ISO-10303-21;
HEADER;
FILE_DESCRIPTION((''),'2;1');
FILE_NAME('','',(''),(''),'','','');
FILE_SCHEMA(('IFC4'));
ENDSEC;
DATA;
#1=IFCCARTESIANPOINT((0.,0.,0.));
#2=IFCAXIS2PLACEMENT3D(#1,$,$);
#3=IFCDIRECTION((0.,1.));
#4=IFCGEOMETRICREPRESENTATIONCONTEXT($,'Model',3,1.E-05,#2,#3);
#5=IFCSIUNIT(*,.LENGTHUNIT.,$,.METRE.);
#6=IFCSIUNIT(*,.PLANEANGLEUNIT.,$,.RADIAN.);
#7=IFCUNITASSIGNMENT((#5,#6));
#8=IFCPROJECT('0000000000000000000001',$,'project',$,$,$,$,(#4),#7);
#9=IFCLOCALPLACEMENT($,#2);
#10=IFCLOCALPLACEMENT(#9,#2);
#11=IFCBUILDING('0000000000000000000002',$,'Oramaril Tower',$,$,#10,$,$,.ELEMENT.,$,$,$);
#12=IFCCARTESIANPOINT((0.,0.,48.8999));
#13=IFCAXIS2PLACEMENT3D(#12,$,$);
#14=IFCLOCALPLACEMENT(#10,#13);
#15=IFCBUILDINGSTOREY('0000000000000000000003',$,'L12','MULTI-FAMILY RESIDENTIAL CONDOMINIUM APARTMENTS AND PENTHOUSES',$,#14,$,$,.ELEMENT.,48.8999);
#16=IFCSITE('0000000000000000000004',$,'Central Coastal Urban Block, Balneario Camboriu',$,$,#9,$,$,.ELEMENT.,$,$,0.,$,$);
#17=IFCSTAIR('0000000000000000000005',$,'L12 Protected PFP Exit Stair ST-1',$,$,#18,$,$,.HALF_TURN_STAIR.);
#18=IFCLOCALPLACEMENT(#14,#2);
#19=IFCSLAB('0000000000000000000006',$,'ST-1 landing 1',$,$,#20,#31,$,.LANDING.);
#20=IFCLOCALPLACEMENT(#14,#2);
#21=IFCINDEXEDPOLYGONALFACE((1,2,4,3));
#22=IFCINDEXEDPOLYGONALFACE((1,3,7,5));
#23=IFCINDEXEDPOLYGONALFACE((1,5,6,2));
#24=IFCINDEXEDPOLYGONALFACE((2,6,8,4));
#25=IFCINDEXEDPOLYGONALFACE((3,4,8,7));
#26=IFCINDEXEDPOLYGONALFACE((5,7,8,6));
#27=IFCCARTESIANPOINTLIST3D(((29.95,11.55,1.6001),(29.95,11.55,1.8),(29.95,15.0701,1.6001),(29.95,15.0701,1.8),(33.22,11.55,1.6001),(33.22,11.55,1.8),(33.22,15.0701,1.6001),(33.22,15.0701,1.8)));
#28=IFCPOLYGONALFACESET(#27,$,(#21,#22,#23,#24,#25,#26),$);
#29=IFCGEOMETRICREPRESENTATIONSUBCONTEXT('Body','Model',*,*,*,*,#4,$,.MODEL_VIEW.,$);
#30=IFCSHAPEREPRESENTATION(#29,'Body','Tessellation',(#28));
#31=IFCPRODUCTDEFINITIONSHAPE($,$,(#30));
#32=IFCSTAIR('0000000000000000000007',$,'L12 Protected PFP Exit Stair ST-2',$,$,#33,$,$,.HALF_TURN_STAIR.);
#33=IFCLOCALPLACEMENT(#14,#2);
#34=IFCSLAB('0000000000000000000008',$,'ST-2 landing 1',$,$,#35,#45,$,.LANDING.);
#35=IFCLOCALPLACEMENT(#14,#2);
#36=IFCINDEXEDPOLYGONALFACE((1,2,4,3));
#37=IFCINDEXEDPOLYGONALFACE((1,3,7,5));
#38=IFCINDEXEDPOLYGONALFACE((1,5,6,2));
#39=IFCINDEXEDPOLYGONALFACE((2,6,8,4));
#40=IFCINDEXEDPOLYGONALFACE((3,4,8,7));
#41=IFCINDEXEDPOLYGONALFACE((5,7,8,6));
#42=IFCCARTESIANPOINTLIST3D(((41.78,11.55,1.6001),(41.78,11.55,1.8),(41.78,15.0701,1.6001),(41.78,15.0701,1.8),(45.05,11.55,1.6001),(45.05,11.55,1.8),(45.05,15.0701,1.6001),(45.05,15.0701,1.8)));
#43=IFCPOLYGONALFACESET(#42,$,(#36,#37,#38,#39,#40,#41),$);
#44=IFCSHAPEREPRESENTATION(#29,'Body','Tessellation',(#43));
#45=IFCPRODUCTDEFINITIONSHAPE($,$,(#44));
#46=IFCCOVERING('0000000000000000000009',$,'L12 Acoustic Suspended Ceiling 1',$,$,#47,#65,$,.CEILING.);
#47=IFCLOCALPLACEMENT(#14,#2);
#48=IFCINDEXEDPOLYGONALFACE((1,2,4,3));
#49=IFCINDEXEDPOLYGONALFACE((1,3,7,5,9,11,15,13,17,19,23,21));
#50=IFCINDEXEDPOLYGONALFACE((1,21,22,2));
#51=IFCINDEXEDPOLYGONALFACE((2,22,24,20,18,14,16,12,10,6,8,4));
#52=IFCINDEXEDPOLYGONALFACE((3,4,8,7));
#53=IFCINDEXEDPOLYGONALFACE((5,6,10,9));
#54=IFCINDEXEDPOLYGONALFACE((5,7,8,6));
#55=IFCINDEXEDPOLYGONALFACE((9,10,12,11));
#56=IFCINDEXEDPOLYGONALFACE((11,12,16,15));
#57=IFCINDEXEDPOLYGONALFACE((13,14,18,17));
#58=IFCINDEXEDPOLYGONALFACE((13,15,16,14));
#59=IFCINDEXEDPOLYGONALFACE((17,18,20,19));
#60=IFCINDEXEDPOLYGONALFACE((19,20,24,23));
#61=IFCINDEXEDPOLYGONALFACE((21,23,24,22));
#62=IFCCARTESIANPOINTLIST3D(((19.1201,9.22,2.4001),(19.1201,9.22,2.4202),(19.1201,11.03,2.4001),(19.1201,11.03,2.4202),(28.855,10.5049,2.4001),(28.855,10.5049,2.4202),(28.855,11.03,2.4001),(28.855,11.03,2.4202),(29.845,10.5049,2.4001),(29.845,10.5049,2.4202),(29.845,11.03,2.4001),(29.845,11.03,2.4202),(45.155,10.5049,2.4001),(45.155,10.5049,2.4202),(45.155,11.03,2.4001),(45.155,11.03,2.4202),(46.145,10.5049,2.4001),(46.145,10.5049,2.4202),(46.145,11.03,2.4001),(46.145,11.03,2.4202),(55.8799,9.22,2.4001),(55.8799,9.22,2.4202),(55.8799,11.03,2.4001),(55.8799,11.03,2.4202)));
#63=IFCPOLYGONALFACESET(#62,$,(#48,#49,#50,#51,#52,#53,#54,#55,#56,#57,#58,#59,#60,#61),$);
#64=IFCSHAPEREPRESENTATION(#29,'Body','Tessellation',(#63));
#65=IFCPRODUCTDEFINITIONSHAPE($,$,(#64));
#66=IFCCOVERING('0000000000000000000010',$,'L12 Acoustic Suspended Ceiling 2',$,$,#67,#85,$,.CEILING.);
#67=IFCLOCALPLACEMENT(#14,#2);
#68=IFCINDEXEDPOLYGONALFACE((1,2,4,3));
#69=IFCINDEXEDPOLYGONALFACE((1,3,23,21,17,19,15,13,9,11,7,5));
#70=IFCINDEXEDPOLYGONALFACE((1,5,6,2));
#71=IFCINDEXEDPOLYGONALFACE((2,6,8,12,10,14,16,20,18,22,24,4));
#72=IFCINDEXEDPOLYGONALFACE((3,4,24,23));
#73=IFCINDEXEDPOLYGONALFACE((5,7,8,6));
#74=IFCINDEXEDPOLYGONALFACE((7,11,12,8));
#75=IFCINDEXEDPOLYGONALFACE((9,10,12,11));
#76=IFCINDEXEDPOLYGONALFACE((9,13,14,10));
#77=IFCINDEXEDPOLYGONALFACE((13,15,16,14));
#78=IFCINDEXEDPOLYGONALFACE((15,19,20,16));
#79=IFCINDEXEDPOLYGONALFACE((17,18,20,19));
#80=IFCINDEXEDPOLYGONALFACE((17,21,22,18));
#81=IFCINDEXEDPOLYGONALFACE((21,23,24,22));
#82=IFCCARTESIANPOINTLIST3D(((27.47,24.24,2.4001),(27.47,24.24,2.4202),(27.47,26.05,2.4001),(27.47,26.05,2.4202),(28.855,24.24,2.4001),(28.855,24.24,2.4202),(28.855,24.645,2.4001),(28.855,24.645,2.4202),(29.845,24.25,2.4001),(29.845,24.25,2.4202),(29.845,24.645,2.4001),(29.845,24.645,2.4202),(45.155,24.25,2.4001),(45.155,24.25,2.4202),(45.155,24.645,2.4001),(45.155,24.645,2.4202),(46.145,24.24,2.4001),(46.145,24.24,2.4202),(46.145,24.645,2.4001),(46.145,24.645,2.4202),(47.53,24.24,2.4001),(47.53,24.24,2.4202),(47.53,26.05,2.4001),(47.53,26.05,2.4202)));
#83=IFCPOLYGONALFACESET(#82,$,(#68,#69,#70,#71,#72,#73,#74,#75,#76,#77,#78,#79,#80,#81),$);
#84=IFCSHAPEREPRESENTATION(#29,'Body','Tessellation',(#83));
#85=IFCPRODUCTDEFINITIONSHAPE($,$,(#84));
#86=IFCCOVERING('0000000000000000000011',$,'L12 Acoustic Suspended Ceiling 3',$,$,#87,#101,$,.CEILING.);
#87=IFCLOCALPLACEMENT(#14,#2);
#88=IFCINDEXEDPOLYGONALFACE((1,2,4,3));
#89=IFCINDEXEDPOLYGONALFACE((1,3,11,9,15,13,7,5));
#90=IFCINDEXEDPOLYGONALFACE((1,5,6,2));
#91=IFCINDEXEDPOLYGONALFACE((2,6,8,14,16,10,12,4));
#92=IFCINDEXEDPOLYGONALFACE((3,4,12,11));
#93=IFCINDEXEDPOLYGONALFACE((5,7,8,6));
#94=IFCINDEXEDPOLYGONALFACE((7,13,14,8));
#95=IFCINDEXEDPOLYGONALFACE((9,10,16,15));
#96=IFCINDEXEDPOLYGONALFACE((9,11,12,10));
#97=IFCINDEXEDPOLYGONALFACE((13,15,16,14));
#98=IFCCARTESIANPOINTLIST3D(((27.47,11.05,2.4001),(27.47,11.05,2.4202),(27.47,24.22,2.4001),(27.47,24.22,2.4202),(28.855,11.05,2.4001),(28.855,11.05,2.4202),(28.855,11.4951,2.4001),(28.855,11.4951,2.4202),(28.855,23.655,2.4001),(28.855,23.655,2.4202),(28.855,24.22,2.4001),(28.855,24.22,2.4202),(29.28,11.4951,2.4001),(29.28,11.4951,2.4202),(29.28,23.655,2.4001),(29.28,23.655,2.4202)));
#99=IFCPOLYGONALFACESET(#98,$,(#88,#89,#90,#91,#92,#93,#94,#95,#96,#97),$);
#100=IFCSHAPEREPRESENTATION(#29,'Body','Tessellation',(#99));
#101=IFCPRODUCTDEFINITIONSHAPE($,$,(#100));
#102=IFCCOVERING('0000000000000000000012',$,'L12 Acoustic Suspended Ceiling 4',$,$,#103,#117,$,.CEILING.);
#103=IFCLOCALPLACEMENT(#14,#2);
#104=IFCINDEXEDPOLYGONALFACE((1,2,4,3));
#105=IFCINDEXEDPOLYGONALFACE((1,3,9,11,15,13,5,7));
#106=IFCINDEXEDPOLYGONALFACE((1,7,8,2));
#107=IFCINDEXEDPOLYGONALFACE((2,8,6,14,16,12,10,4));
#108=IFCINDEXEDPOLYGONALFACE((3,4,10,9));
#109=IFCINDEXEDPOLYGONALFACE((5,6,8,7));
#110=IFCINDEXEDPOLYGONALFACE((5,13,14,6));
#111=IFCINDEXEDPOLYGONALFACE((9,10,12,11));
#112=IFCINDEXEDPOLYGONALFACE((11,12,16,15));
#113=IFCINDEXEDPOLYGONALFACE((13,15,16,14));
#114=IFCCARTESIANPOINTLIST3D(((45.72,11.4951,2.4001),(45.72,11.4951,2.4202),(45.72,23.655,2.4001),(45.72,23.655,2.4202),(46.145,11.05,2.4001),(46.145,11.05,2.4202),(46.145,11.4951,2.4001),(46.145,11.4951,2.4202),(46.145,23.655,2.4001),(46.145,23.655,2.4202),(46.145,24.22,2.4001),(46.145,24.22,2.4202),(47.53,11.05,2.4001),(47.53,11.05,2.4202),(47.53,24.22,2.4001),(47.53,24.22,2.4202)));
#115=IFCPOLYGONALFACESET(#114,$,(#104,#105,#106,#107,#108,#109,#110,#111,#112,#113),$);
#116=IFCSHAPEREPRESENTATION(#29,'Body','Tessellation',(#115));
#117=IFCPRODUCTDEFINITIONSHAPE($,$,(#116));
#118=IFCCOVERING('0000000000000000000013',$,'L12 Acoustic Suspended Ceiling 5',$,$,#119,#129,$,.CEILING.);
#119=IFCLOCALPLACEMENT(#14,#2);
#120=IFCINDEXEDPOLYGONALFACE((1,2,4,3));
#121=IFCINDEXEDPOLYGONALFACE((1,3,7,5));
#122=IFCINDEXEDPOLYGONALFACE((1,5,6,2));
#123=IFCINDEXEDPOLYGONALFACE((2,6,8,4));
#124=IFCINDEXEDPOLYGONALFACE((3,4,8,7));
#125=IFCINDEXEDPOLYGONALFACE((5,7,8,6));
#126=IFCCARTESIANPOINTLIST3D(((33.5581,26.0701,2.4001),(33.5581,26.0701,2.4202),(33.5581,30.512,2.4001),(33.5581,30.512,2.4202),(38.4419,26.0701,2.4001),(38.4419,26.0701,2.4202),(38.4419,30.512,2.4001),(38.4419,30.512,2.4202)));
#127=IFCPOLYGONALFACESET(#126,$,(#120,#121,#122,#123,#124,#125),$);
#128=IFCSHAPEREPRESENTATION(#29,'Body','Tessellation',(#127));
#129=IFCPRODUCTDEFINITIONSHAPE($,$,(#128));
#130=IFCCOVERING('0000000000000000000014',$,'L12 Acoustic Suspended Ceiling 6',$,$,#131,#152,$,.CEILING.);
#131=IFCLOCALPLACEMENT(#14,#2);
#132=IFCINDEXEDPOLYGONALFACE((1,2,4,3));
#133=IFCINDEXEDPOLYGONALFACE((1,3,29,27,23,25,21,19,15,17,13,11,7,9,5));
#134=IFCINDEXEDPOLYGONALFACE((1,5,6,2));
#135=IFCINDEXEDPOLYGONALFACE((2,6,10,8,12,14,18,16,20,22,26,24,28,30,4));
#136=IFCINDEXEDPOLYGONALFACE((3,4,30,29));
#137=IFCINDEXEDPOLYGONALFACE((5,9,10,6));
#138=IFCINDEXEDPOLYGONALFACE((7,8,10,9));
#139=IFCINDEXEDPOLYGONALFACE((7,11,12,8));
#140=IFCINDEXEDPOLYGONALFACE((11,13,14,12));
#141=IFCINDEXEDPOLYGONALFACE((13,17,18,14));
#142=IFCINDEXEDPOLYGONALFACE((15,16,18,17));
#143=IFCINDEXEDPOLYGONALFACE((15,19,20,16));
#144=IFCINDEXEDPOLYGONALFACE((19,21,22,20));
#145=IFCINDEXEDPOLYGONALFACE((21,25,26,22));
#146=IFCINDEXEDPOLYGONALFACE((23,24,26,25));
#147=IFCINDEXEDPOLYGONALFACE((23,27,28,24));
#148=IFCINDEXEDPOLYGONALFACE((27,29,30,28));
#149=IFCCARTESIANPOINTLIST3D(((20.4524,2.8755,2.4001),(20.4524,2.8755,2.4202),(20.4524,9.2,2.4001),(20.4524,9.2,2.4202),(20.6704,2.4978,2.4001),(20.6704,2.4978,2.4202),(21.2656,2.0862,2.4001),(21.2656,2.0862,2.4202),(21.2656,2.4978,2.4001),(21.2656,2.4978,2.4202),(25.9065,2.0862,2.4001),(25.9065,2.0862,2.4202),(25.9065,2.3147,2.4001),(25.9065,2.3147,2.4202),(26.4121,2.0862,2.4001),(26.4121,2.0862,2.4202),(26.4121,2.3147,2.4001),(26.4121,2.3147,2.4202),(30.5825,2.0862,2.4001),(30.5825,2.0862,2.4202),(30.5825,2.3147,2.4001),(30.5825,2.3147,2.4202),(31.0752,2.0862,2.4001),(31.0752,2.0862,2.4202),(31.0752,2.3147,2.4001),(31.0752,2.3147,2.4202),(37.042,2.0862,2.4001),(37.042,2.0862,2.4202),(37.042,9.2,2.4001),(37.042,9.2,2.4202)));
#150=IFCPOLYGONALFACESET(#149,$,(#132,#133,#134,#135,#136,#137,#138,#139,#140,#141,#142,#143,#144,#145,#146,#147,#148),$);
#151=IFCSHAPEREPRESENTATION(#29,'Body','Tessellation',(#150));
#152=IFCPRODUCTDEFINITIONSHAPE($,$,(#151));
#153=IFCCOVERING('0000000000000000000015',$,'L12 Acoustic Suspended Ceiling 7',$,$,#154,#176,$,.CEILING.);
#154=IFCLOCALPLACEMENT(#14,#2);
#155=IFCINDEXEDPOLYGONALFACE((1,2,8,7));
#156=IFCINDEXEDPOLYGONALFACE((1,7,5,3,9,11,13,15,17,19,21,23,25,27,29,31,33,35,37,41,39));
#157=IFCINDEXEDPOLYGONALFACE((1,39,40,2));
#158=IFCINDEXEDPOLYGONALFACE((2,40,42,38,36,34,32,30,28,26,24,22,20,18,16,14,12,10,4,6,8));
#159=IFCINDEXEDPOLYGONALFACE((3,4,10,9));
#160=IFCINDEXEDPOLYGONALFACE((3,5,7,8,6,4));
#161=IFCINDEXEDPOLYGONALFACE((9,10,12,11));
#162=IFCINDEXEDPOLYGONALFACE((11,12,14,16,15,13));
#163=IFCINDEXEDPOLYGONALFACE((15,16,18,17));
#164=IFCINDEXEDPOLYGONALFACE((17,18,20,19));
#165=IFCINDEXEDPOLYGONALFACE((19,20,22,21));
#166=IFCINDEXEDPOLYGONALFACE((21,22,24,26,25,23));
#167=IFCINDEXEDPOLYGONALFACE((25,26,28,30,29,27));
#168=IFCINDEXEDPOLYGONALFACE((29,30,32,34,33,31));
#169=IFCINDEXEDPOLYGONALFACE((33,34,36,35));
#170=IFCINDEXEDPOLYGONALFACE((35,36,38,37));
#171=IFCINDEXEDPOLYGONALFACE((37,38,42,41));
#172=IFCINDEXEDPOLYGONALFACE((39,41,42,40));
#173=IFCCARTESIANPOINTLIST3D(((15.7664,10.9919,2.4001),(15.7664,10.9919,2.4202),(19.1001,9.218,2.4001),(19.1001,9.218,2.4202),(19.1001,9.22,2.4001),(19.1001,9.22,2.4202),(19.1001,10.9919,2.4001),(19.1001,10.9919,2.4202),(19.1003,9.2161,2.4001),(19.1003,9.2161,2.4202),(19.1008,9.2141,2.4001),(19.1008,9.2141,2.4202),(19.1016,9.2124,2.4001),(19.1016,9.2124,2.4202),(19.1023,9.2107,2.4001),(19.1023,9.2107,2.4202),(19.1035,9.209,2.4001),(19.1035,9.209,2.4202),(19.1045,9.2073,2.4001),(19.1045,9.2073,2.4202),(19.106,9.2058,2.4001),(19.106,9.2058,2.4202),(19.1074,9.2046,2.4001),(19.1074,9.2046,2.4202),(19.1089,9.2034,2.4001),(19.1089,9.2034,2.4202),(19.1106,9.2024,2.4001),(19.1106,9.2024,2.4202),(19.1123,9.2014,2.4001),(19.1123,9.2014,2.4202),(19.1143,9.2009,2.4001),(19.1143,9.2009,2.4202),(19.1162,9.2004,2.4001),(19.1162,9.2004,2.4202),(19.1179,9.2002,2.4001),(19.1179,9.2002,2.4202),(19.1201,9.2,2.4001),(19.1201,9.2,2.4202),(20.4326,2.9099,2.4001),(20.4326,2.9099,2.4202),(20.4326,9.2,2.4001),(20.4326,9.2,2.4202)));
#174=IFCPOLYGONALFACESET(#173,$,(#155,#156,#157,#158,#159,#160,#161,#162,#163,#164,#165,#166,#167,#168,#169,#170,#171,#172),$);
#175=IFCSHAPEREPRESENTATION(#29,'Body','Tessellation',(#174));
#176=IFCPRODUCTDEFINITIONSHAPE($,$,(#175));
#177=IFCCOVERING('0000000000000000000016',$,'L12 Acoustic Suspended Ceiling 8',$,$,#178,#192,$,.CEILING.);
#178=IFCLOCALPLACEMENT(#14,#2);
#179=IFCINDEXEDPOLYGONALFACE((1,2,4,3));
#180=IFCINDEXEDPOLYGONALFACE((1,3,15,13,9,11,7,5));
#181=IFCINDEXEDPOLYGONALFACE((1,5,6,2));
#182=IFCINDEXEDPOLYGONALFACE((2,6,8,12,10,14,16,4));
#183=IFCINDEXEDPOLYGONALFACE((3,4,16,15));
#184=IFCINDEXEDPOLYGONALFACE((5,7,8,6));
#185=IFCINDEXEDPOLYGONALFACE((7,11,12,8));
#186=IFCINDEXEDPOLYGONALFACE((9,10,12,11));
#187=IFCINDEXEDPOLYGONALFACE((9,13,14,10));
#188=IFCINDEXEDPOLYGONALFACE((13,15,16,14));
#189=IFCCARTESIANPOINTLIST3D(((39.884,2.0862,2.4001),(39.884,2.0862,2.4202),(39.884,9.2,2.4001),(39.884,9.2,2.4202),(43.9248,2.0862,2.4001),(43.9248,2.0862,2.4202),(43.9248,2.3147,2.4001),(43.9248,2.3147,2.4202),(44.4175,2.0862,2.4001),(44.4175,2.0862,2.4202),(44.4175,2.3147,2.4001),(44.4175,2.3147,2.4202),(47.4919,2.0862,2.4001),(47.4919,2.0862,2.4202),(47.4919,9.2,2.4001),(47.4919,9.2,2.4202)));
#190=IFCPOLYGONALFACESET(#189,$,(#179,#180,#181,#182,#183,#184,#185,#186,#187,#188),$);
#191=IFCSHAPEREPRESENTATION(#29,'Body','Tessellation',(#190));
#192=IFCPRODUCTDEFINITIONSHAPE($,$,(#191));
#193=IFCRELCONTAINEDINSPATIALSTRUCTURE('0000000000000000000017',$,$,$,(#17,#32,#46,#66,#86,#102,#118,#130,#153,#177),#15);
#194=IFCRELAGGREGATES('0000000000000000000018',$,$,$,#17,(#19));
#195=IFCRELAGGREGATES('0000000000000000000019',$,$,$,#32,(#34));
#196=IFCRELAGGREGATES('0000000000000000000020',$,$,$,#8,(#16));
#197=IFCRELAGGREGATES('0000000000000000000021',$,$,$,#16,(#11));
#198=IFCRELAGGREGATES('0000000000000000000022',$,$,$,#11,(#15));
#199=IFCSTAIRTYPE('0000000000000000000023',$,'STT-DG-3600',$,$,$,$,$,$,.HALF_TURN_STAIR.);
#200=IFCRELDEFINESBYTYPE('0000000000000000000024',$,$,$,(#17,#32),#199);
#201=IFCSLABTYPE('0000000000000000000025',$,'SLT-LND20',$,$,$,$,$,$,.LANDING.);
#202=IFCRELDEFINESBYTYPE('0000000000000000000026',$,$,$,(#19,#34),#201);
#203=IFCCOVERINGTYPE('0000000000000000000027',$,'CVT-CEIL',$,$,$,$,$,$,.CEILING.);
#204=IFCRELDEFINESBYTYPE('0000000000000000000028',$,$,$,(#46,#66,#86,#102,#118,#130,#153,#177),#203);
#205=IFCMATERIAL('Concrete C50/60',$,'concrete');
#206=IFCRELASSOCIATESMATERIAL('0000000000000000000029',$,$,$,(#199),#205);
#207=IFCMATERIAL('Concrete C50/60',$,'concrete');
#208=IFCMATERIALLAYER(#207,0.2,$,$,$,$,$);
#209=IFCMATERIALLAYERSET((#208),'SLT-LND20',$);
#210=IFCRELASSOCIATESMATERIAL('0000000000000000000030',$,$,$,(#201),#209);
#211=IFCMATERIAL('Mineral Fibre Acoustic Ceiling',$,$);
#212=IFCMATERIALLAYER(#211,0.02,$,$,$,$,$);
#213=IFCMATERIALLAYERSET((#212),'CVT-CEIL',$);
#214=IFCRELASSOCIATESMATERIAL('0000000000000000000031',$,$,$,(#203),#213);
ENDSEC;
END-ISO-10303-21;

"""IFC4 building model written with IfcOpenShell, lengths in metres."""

from ifc_helpers import new_model, si_unit, direction, frame, origin, place, context, subcontext, project, spatial, polyline, outline, extrude, material, layer, layer_set, type_object, element, aggregate, save


model = new_model("IFC4")

# Units and contexts
model_context = context("Model", 3, precision=1e-05, world=origin(), true_north=direction((0.0, 1.0)))
body_context = subcontext(model_context, "Body", "Model", "MODEL_VIEW")
ifc_project = project(units=[si_unit("LENGTHUNIT", "METRE"), si_unit("PLANEANGLEUNIT", "RADIAN")], contexts=[model_context])

# Site, building, storey
site_placement = place(None, origin())
site = spatial("IfcSite", under=ifc_project, at=site_placement, Name="Central Coastal Urban Block, Balneario Camboriu", CompositionType="ELEMENT", RefElevation=0.0)
building_placement = place(site_placement, origin())
building = spatial("IfcBuilding", under=site, at=building_placement, Name="Oramaril Tower", CompositionType="ELEMENT")
storey_placement = place(building_placement, frame((0.0, 0.0, 48.8999)))
storey = spatial("IfcBuildingStorey", under=building, at=storey_placement, Name="L12", Description="MULTI-FAMILY RESIDENTIAL CONDOMINIUM APARTMENTS AND PENTHOUSES", CompositionType="ELEMENT", Elevation=48.8999)

# Stairs, slabs
ifc_material_1 = material(Name="Concrete C50/60", Category="concrete")
stair_type = type_object("IfcStairType", Name="STT-DG-3600", PredefinedType="HALF_TURN_STAIR", material=ifc_material_1)
stair_1_placement = place(storey_placement, origin())
stair_1 = element("IfcStair", 1, at=stair_1_placement, inside=storey, type_object=stair_type, Name="L12 Protected PFP Exit Stair ST-1", PredefinedType="HALF_TURN_STAIR")
ifc_material_2 = material(Name="Concrete C50/60", Category="concrete")
ifc_layer_1 = layer(ifc_material_2, 0.2)
ifc_layer_set_1 = layer_set([ifc_layer_1], Name="SLT-LND20")
slab_type = type_object("IfcSlabType", Name="SLT-LND20", PredefinedType="LANDING", material=ifc_layer_set_1)
slab_1_placement = place(storey_placement, frame((0.0, 0.0, 1.6001)))
slab_1 = element("IfcSlab", 2, at=slab_1_placement, type_object=slab_type, Name="ST-1 landing 1", PredefinedType="LANDING", context=body_context, shape_type="SweptSolid", body=[
    extrude(outline(polyline([(29.95, 15.0701), (29.95, 11.55), (33.22, 11.55), (33.22, 15.0701), (29.95, 15.0701)])), origin(), (0.0, 0.0, 1.0), 0.2),
])
aggregate(stair_1, [slab_1])
stair_2_placement = place(storey_placement, origin())
stair_2 = element("IfcStair", 3, at=stair_2_placement, inside=storey, type_object=stair_type, Name="L12 Protected PFP Exit Stair ST-2", PredefinedType="HALF_TURN_STAIR")
slab_2_placement = place(storey_placement, frame((0.0, 0.0, 1.6001)))
slab_2 = element("IfcSlab", 4, at=slab_2_placement, type_object=slab_type, Name="ST-2 landing 1", PredefinedType="LANDING", context=body_context, shape_type="SweptSolid", body=[
    extrude(outline(polyline([(41.78, 15.0701), (41.78, 11.55), (45.05, 11.55), (45.05, 15.0701), (41.78, 15.0701)])), origin(), (0.0, 0.0, 1.0), 0.2),
])
aggregate(stair_2, [slab_2])

# Coverings
ifc_material_3 = material(Name="Mineral Fibre Acoustic Ceiling")
ifc_layer_2 = layer(ifc_material_3, 0.02)
ifc_layer_set_2 = layer_set([ifc_layer_2], Name="CVT-CEIL")
covering_type_1 = type_object("IfcCoveringType", Name="CVT-CEIL", PredefinedType="CEILING", material=ifc_layer_set_2)
covering_1_placement = place(storey_placement, frame((0.0, 0.0, 2.4001)))
element("IfcCovering", 5, at=covering_1_placement, inside=storey, type_object=covering_type_1, Name="L12 Acoustic Suspended Ceiling 1", PredefinedType="CEILING", context=body_context, shape_type="SweptSolid", body=[
    extrude(outline(polyline([(28.855, 10.5049), (29.845, 10.5049), (29.845, 11.03), (45.155, 11.03), (45.155, 10.5049), (46.145, 10.5049), (46.145, 11.03), (55.8799, 11.03), (55.8799, 9.22), (19.1201, 9.22), (19.1201, 11.03), (28.855, 11.03), (28.855, 10.5049)])), origin(), (0.0, 0.0, 1.0), 0.02),
])
covering_2_placement = place(storey_placement, frame((0.0, 0.0, 2.4001)))
element("IfcCovering", 6, at=covering_2_placement, inside=storey, type_object=covering_type_1, Name="L12 Acoustic Suspended Ceiling 2", PredefinedType="CEILING", context=body_context, shape_type="SweptSolid", body=[
    extrude(outline(polyline([(47.53, 24.24), (46.145, 24.24), (46.145, 24.645), (45.155, 24.645), (45.155, 24.25), (29.845, 24.25), (29.845, 24.645), (28.855, 24.645), (28.855, 24.24), (27.47, 24.24), (27.47, 26.05), (47.53, 26.05), (47.53, 24.24)])), origin(), (0.0, 0.0, 1.0), 0.02),
])
covering_3_placement = place(storey_placement, frame((0.0, 0.0, 2.4001)))
element("IfcCovering", 7, at=covering_3_placement, inside=storey, type_object=covering_type_1, Name="L12 Acoustic Suspended Ceiling 3", PredefinedType="CEILING", context=body_context, shape_type="SweptSolid", body=[
    extrude(outline(polyline([(28.855, 23.655), (29.28, 23.655), (29.28, 11.4951), (28.855, 11.4951), (28.855, 11.05), (27.47, 11.05), (27.47, 24.22), (28.855, 24.22), (28.855, 23.655)])), origin(), (0.0, 0.0, 1.0), 0.02),
])
covering_4_placement = place(storey_placement, frame((0.0, 0.0, 2.4001)))
element("IfcCovering", 8, at=covering_4_placement, inside=storey, type_object=covering_type_1, Name="L12 Acoustic Suspended Ceiling 4", PredefinedType="CEILING", context=body_context, shape_type="SweptSolid", body=[
    extrude(outline(polyline([(47.53, 11.05), (46.145, 11.05), (46.145, 11.4951), (45.72, 11.4951), (45.72, 23.655), (46.145, 23.655), (46.145, 24.22), (47.53, 24.22), (47.53, 11.05)])), origin(), (0.0, 0.0, 1.0), 0.02),
])
covering_5_placement = place(storey_placement, frame((0.0, 0.0, 2.4001)))
element("IfcCovering", 9, at=covering_5_placement, inside=storey, type_object=covering_type_1, Name="L12 Acoustic Suspended Ceiling 5", PredefinedType="CEILING", context=body_context, shape_type="SweptSolid", body=[
    extrude(outline(polyline([(38.4419, 30.512), (38.4419, 26.0701), (33.5581, 26.0701), (33.5581, 30.512), (38.4419, 30.512)])), origin(), (0.0, 0.0, 1.0), 0.02),
])
covering_6_placement = place(storey_placement, frame((0.0, 0.0, 2.4001)))
element("IfcCovering", 10, at=covering_6_placement, inside=storey, type_object=covering_type_1, Name="L12 Acoustic Suspended Ceiling 6", PredefinedType="CEILING", context=body_context, shape_type="SweptSolid", body=[
    extrude(outline(polyline([(31.0752, 2.3147), (30.5825, 2.3147), (30.5825, 2.0862), (26.4121, 2.0862), (26.4121, 2.3147), (25.9065, 2.3147), (25.9065, 2.0862), (21.2656, 2.0862), (21.2656, 2.4978), (20.6704, 2.4978), (20.4524, 2.8755), (20.4524, 9.2), (37.042, 9.2), (37.042, 2.0862), (31.0752, 2.0862), (31.0752, 2.3147)])), origin(), (0.0, 0.0, 1.0), 0.02),
])
covering_7_placement = place(storey_placement, frame((0.0, 0.0, 2.4001)))
element("IfcCovering", 11, at=covering_7_placement, inside=storey, type_object=covering_type_1, Name="L12 Acoustic Suspended Ceiling 7", PredefinedType="CEILING", context=body_context, shape_type="SweptSolid", body=[
    extrude(outline(polyline([(15.7664, 10.9919), (19.1001, 10.9919), (19.1001, 9.22), (19.1001, 9.218), (19.1003, 9.2161), (19.1008, 9.2141), (19.1016, 9.2124), (19.1023, 9.2107), (19.1035, 9.209), (19.1045, 9.2073), (19.106, 9.2058), (19.1074, 9.2046), (19.1089, 9.2034), (19.1106, 9.2024), (19.1123, 9.2014), (19.1143, 9.2009), (19.1162, 9.2004), (19.1179, 9.2002), (19.1201, 9.2), (20.4326, 9.2), (20.4326, 2.9099), (15.7664, 10.9919)])), origin(), (0.0, 0.0, 1.0), 0.02),
])
covering_8_placement = place(storey_placement, frame((0.0, 0.0, 2.4001)))
element("IfcCovering", 12, at=covering_8_placement, inside=storey, type_object=covering_type_1, Name="L12 Acoustic Suspended Ceiling 8", PredefinedType="CEILING", context=body_context, shape_type="SweptSolid", body=[
    extrude(outline(polyline([(44.4175, 2.3147), (43.9248, 2.3147), (43.9248, 2.0862), (39.884, 2.0862), (39.884, 9.2), (47.4919, 9.2), (47.4919, 2.0862), (44.4175, 2.0862), (44.4175, 2.3147)])), origin(), (0.0, 0.0, 1.0), 0.02),
])

save(model, "model.ifc")
